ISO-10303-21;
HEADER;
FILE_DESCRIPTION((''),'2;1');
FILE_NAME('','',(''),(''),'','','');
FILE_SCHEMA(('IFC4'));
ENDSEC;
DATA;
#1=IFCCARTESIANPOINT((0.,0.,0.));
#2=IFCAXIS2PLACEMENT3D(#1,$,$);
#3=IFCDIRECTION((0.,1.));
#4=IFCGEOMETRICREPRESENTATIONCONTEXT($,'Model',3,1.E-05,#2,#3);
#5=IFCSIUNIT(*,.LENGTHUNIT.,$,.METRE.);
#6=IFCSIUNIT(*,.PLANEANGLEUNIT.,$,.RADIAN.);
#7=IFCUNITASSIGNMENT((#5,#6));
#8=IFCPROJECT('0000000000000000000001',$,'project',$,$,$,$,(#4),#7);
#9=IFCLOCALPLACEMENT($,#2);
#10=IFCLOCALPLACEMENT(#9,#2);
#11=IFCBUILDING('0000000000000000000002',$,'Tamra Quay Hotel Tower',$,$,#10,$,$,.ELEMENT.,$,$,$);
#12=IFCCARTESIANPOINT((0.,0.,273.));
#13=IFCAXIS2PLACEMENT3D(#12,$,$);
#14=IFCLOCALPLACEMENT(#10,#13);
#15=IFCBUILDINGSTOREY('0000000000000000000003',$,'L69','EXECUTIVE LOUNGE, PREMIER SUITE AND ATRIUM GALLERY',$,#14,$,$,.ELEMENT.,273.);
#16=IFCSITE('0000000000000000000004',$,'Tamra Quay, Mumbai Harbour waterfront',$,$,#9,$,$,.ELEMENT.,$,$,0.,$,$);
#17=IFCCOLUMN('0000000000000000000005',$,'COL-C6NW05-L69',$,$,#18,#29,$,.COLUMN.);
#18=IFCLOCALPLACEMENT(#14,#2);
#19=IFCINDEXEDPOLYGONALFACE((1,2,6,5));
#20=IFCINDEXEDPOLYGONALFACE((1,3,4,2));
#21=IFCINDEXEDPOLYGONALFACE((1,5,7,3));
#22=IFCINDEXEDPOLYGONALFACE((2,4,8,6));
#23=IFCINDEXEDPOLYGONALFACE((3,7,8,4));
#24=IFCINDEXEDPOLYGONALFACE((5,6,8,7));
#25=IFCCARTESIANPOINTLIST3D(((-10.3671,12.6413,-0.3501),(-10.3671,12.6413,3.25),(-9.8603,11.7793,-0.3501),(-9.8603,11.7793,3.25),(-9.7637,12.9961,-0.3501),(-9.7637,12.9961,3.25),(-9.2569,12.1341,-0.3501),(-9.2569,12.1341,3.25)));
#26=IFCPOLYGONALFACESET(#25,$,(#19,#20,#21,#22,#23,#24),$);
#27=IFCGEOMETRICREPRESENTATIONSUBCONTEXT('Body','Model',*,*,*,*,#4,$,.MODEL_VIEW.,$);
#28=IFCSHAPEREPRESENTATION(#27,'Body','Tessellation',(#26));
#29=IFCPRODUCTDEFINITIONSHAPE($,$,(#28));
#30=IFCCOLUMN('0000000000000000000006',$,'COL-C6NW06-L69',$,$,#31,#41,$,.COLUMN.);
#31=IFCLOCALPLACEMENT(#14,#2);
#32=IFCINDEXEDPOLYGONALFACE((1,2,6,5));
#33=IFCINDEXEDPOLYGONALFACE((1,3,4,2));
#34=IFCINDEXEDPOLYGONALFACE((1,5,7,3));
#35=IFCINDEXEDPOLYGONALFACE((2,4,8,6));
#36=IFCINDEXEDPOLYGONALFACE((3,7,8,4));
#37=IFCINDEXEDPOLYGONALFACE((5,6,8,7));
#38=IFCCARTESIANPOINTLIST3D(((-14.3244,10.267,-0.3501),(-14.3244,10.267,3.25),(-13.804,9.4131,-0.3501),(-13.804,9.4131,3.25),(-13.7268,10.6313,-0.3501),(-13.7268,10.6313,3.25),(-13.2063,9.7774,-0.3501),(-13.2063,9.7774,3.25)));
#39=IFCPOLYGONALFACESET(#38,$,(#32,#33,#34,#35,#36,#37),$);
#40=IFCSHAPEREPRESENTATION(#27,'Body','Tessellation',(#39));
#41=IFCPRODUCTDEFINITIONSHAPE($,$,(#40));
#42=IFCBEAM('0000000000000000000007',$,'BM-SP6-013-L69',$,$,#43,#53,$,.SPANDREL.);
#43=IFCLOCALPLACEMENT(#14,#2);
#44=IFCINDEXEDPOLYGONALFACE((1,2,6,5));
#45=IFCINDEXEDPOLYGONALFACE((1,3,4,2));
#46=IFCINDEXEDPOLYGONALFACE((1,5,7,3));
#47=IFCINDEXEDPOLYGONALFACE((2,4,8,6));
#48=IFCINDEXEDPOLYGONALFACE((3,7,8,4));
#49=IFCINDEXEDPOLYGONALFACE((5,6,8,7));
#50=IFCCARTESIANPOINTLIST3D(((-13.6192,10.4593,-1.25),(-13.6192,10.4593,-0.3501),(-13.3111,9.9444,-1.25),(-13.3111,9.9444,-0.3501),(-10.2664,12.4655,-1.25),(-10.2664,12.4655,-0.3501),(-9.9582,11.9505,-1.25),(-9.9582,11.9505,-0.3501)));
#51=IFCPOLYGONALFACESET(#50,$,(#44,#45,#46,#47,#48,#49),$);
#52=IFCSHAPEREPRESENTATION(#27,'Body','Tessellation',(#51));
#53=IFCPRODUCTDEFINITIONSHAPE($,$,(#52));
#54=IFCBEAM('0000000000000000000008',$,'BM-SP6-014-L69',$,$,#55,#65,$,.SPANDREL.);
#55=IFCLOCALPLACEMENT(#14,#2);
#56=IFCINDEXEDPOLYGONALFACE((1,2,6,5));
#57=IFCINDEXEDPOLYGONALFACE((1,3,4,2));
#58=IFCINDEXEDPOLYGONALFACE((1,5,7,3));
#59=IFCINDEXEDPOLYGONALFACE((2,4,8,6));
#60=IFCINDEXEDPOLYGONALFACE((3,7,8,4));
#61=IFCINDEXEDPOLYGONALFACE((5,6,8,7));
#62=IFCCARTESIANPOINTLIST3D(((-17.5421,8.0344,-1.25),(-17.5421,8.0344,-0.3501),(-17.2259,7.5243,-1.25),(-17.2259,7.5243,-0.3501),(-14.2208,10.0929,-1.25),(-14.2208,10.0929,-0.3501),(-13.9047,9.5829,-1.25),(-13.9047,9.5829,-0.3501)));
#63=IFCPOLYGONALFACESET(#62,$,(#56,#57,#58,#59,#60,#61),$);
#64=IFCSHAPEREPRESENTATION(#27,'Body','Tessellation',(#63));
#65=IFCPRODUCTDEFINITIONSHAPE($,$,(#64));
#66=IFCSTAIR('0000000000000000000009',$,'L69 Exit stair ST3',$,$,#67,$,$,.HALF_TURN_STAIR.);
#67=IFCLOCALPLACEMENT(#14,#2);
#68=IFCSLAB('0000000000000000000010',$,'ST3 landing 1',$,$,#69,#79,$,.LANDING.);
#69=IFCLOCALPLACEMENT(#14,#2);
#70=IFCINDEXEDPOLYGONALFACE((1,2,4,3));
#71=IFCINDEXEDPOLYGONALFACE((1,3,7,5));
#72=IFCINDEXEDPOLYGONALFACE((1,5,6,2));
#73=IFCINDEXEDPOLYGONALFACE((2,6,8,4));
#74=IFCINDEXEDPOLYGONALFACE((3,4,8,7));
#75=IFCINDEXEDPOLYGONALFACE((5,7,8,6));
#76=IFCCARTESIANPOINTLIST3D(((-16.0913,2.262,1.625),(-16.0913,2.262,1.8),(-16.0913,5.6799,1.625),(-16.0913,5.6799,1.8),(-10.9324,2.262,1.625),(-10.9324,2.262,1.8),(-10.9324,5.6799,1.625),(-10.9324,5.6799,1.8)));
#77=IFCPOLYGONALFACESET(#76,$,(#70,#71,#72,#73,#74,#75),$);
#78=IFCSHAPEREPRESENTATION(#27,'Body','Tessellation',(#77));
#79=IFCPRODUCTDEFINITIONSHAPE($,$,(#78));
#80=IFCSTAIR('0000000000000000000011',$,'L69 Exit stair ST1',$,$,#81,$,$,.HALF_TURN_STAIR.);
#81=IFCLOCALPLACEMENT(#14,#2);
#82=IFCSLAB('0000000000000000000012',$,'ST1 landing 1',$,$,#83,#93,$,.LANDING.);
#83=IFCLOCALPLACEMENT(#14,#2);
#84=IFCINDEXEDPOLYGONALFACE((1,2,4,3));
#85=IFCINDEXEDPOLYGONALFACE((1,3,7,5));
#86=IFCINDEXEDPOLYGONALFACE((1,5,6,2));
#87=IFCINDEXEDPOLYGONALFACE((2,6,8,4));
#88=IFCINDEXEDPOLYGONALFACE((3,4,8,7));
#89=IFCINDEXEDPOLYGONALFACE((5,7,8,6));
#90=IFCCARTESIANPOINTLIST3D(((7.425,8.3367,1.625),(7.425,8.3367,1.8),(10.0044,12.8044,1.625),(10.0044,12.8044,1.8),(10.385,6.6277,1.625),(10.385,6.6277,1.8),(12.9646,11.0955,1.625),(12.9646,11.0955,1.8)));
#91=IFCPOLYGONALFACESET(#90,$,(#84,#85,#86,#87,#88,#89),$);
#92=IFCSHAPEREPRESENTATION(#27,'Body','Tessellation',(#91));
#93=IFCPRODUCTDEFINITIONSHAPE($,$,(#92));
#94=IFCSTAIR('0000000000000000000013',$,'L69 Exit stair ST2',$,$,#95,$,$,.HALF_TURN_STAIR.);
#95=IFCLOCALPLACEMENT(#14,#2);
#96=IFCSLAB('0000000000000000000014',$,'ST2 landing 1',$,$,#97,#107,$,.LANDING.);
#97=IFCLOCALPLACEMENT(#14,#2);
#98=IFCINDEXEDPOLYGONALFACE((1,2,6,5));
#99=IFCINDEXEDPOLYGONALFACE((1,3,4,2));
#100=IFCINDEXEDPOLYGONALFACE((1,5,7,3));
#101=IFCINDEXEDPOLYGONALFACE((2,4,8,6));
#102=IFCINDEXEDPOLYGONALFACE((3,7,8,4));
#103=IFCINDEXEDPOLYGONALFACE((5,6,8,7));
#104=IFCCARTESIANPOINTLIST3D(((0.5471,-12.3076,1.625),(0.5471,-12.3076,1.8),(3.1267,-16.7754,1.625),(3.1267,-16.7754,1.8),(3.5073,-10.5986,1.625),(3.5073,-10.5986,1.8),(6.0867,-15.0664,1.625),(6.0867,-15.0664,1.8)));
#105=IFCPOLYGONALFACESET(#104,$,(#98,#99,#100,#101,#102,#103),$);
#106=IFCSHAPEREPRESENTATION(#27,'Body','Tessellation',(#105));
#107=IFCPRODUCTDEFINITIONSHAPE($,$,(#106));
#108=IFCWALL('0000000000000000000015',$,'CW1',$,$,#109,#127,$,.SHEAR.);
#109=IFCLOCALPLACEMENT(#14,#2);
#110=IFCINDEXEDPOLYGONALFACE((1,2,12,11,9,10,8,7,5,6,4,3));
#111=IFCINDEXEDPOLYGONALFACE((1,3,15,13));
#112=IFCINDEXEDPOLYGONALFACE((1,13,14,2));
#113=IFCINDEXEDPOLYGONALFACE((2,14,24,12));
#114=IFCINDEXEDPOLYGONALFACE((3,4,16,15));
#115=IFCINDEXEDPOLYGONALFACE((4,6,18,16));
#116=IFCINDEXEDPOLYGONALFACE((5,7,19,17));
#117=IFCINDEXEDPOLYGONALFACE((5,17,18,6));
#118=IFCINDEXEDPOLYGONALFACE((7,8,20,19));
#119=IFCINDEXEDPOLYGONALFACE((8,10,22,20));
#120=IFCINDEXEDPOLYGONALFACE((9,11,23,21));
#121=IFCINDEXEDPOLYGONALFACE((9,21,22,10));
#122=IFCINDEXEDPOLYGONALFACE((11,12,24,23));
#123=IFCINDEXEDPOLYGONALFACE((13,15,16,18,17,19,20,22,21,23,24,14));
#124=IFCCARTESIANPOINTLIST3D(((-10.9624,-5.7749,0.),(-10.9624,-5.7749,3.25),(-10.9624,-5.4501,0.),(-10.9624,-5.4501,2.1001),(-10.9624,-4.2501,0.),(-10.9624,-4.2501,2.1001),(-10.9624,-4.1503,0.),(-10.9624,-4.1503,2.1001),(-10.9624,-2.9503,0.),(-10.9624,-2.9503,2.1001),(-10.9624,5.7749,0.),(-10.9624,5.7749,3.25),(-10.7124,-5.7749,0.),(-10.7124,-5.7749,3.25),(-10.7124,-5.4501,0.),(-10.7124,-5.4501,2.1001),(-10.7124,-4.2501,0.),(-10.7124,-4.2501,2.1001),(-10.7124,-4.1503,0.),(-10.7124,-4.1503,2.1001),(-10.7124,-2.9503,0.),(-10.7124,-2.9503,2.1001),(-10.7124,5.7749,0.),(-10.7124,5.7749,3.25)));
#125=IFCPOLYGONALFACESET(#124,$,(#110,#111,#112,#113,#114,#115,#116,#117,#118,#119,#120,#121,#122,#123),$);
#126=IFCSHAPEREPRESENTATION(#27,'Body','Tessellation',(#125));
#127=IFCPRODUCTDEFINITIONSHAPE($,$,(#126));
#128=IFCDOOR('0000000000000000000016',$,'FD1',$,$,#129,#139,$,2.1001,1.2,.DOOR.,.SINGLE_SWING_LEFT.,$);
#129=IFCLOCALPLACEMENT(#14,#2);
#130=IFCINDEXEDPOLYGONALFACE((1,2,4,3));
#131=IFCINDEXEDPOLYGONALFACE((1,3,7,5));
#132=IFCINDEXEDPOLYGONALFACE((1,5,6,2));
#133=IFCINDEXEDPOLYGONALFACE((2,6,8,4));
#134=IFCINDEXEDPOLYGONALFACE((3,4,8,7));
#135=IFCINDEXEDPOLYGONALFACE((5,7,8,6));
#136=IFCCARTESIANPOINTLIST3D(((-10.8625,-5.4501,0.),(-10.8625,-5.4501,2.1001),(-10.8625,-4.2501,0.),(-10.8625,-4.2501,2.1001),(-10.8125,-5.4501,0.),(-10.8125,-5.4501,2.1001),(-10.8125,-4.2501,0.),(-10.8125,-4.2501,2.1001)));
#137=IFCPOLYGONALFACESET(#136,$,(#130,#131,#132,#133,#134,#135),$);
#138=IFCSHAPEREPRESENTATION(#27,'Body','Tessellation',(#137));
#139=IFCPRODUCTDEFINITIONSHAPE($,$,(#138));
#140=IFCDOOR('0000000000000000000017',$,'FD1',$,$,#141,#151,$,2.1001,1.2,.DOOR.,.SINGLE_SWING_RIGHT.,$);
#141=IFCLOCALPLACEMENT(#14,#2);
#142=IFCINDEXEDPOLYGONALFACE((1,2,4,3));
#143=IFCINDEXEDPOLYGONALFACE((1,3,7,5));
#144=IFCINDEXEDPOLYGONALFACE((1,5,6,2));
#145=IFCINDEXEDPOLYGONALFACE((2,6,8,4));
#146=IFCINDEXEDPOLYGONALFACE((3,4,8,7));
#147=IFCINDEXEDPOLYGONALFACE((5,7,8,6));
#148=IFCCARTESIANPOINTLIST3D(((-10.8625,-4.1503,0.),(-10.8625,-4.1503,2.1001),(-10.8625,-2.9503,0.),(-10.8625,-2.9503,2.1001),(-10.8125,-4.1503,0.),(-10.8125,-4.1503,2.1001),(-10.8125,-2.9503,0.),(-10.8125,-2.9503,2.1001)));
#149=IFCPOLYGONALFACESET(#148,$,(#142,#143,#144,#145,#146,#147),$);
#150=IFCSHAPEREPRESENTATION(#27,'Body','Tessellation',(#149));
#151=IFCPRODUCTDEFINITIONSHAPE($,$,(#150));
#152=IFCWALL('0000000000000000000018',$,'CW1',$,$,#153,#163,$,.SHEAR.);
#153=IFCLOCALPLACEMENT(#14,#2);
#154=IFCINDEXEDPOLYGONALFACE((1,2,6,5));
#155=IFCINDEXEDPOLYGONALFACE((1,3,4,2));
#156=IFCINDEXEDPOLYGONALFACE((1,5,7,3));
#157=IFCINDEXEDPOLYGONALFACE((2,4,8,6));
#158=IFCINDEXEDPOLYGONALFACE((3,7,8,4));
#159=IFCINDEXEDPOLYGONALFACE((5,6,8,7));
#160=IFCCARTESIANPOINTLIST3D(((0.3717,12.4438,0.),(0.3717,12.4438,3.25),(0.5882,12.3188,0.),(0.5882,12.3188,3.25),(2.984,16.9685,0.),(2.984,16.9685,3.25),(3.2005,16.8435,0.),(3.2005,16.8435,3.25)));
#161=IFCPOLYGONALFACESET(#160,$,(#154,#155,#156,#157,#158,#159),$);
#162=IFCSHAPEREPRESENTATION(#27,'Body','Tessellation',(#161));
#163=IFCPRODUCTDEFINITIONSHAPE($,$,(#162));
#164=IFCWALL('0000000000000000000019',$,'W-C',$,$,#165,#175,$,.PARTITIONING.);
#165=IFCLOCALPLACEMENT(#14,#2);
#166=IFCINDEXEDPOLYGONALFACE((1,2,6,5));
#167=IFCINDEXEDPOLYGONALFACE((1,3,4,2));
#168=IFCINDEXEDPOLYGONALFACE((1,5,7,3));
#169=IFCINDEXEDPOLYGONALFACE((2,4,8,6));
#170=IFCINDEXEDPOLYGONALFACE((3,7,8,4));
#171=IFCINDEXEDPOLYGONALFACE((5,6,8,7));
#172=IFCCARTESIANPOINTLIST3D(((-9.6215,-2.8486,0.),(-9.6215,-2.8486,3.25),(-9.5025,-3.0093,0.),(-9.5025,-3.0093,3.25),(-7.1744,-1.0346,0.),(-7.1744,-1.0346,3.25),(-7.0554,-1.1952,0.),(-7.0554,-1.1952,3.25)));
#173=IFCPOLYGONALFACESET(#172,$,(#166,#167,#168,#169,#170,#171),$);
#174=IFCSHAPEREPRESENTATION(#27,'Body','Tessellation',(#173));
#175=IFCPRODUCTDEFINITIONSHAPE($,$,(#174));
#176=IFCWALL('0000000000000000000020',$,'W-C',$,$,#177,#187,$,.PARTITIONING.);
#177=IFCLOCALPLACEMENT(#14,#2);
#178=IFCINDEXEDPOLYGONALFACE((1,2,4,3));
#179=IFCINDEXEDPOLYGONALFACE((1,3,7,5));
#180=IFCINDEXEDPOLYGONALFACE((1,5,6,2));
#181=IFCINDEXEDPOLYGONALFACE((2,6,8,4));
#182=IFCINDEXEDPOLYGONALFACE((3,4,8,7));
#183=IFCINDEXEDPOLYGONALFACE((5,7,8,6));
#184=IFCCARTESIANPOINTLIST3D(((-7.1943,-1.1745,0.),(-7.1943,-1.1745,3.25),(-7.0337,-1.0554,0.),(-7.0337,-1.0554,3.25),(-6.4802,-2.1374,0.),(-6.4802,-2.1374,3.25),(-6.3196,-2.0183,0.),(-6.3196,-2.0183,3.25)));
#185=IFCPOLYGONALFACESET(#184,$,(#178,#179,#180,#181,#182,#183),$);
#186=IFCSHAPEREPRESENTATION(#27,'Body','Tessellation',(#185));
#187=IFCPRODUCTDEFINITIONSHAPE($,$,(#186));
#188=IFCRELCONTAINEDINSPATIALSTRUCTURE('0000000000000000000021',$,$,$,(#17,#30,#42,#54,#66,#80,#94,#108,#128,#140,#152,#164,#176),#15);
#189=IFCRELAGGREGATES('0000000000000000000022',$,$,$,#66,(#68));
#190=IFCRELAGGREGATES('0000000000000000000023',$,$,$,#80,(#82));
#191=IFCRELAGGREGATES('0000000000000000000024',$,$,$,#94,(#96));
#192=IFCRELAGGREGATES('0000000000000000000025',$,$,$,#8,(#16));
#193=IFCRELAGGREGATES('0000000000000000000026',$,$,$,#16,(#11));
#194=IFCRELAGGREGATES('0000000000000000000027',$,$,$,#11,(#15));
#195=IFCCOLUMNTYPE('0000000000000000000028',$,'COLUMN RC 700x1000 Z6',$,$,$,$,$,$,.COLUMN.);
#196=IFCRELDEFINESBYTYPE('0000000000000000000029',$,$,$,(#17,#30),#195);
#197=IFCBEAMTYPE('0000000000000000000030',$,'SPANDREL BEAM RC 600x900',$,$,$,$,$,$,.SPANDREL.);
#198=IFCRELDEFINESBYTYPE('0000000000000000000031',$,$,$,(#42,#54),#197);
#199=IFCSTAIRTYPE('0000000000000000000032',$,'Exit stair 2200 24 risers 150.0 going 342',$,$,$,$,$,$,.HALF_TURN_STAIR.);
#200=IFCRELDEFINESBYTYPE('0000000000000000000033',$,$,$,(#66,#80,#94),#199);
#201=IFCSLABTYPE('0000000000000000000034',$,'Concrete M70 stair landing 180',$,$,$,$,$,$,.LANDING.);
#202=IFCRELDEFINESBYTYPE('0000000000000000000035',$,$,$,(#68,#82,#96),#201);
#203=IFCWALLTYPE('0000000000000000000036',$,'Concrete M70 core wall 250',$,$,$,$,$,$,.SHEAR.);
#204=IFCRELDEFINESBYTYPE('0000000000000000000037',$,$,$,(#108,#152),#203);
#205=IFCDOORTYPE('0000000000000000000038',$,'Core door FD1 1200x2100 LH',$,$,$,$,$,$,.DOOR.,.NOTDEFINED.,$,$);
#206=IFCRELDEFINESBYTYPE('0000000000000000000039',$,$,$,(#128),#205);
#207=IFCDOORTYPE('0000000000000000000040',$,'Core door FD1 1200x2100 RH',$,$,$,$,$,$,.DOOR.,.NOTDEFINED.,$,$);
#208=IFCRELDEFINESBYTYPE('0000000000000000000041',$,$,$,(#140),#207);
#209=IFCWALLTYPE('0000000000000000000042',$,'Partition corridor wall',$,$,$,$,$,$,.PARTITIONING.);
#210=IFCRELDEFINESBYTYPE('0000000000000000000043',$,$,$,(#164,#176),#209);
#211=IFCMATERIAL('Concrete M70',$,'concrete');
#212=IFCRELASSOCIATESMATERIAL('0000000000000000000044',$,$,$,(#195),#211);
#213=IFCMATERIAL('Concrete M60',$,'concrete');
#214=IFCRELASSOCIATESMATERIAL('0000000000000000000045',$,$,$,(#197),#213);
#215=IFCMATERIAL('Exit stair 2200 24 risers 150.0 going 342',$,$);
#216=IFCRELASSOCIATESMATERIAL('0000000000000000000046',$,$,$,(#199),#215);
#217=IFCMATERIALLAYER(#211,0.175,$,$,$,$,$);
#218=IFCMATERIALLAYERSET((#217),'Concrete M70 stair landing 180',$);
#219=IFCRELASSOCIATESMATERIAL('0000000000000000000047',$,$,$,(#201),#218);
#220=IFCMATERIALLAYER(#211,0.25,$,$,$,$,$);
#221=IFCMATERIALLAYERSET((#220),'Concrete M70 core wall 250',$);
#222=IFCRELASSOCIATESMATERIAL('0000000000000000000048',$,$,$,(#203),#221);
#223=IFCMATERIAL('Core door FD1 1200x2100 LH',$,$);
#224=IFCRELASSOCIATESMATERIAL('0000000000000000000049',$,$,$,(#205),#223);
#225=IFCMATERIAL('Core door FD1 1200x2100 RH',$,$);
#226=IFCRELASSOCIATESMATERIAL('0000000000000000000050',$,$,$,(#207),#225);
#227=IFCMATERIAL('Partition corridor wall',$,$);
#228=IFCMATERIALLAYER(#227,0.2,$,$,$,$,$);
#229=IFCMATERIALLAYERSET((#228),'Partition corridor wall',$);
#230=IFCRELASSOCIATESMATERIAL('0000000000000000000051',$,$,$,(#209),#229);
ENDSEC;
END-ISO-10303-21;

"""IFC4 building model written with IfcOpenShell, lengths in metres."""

from ifc_helpers import new_model, si_unit, direction, frame, frame_2d, origin, origin_2d, place, context, subcontext, project, spatial, polyline, rectangle, outline, extrude, material, layer, layer_set, material_profile, profile_set, type_object, element, fill, aggregate, save


model = new_model("IFC4")

# Units and contexts
model_context = context("Model", 3, precision=1e-05, world=origin(), true_north=direction((0.0, 1.0)))
body_context = subcontext(model_context, "Body", "Model", "MODEL_VIEW")
ifc_project = project(units=[si_unit("LENGTHUNIT", "METRE"), si_unit("PLANEANGLEUNIT", "RADIAN")], contexts=[model_context])

# Site, building, storey
site_placement = place(None, origin())
site = spatial("IfcSite", under=ifc_project, at=site_placement, Name="Tamra Quay, Mumbai Harbour waterfront", CompositionType="ELEMENT", RefElevation=0.0)
building_placement = place(site_placement, origin())
building = spatial("IfcBuilding", under=site, at=building_placement, Name="Tamra Quay Hotel Tower", CompositionType="ELEMENT")
storey_placement = place(building_placement, frame((0.0, 0.0, 273.0)))
storey = spatial("IfcBuildingStorey", under=building, at=storey_placement, Name="L69", Description="EXECUTIVE LOUNGE, PREMIER SUITE AND ATRIUM GALLERY", CompositionType="ELEMENT", Elevation=273.0)

# Columns
ifc_material_1 = material(Name="Concrete M70", Category="concrete")
ifc_material_profile_1 = material_profile(ifc_material_1, rectangle(XDim=1.0, YDim=0.7, at=origin_2d()), Name="COLUMN RC 700x1000 Z6")
ifc_profile_set_1 = profile_set([ifc_material_profile_1], Name="Concrete M70")
column_type = type_object("IfcColumnType", Name="COLUMN RC 700x1000 Z6", PredefinedType="COLUMN", material=ifc_profile_set_1)
for number, where, z_axis, x_axis, name in (
    (1, (-9.812, 12.3877, -0.3501), (0.0, 0.0, 1.0), (-0.506843, 0.862038, 0.0), "COL-C6NW05-L69"),
    (2, (-13.7654, 10.0222, -0.3501), (0.0, 0.0, 1.0), (-0.52043, 0.853904, 0.0), "COL-C6NW06-L69"),
):
    element("IfcColumn", number, at=place(storey_placement, frame(where, z_axis=z_axis, x_axis=x_axis)), inside=storey, type_object=column_type, Name=name, PredefinedType="COLUMN", context=body_context, shape_type="SweptSolid", body=[
        extrude(rectangle(XDim=1.0, YDim=0.7, at=origin_2d()), origin(), (0.0, 0.0, 1.0), 3.6001),
    ])

# Beams
ifc_material_2 = material(Name="Concrete M60", Category="concrete")
ifc_material_profile_2 = material_profile(ifc_material_2, rectangle(XDim=0.6001, YDim=0.8999, at=origin_2d()), Name="SPANDREL BEAM RC 600x900")
ifc_profile_set_2 = profile_set([ifc_material_profile_2], Name="Concrete M60")
beam_type = type_object("IfcBeamType", Name="SPANDREL BEAM RC 600x900", PredefinedType="SPANDREL", material=ifc_profile_set_2)
beam_1_placement = place(storey_placement, frame((-10.1123, 12.208, -0.8), z_axis=(-0.858121, -0.513448, 0.0), x_axis=(0.513448, -0.858121, 0.0)))
element("IfcBeam", 3, at=beam_1_placement, inside=storey, type_object=beam_type, Name="BM-SP6-013-L69", PredefinedType="SPANDREL", context=body_context, shape_type="SweptSolid", body=[
    extrude(rectangle(XDim=0.6001, YDim=0.8999, at=origin_2d()), origin(), (0.0, 0.0, 1.0), 3.9072),
])
beam_2_placement = place(storey_placement, frame((-14.0627, 9.8379, -0.8), z_axis=(-0.849972, -0.526828, 0.0), x_axis=(0.526828, -0.849972, 0.0)))
element("IfcBeam", 4, at=beam_2_placement, inside=storey, type_object=beam_type, Name="BM-SP6-014-L69", PredefinedType="SPANDREL", context=body_context, shape_type="SweptSolid", body=[
    extrude(rectangle(XDim=0.6001, YDim=0.8999, at=origin_2d()), origin(), (0.0, 0.0, 1.0), 3.9075),
])

# Stairs, slabs
ifc_material_3 = material(Name="Exit stair 2200 24 risers 150.0 going 342")
stair_type = type_object("IfcStairType", Name="Exit stair 2200 24 risers 150.0 going 342", PredefinedType="HALF_TURN_STAIR", material=ifc_material_3)
stair_1_placement = place(storey_placement, origin())
stair_1 = element("IfcStair", 5, at=stair_1_placement, inside=storey, type_object=stair_type, Name="L69 Exit stair ST3", PredefinedType="HALF_TURN_STAIR")
ifc_layer_1 = layer(ifc_material_1, 0.175)
ifc_layer_set_1 = layer_set([ifc_layer_1], Name="Concrete M70 stair landing 180")
slab_type_1 = type_object("IfcSlabType", Name="Concrete M70 stair landing 180", PredefinedType="LANDING", material=ifc_layer_set_1)
slab_1_placement = place(storey_placement, frame((0.0, 0.0, 1.625)))
slab_1 = element("IfcSlab", 6, at=slab_1_placement, type_object=slab_type_1, Name="ST3 landing 1", PredefinedType="LANDING", context=body_context, shape_type="SweptSolid", body=[
    extrude(outline(polyline([(-10.9324, 2.262), (-10.9324, 5.6799), (-16.0913, 5.6799), (-16.0913, 2.262), (-10.9324, 2.262)])), origin(), (0.0, 0.0, 1.0), 0.175),
])
aggregate(stair_1, [slab_1])
stair_2_placement = place(storey_placement, origin())
stair_2 = element("IfcStair", 7, at=stair_2_placement, inside=storey, type_object=stair_type, Name="L69 Exit stair ST1", PredefinedType="HALF_TURN_STAIR")
slab_2_placement = place(storey_placement, frame((0.0, 0.0, 1.625)))
slab_2 = element("IfcSlab", 8, at=slab_2_placement, type_object=slab_type_1, Name="ST1 landing 1", PredefinedType="LANDING", context=body_context, shape_type="SweptSolid", body=[
    extrude(outline(polyline([(7.425, 8.3367), (10.385, 6.6277), (12.9646, 11.0955), (10.0044, 12.8044), (7.425, 8.3367)])), origin(), (0.0, 0.0, 1.0), 0.175),
])
aggregate(stair_2, [slab_2])
stair_3_placement = place(storey_placement, origin())
stair_3 = element("IfcStair", 9, at=stair_3_placement, inside=storey, type_object=stair_type, Name="L69 Exit stair ST2", PredefinedType="HALF_TURN_STAIR")
slab_3_placement = place(storey_placement, frame((0.0, 0.0, 1.625)))
slab_3 = element("IfcSlab", 10, at=slab_3_placement, type_object=slab_type_1, Name="ST2 landing 1", PredefinedType="LANDING", context=body_context, shape_type="SweptSolid", body=[
    extrude(outline(polyline([(3.5073, -10.5986), (0.5471, -12.3076), (3.1267, -16.7754), (6.0867, -15.0664), (3.5073, -10.5986)])), origin(), (0.0, 0.0, 1.0), 0.175),
])
aggregate(stair_3, [slab_3])

# Wall, openings, doors
ifc_layer_2 = layer(ifc_material_1, 0.25)
ifc_layer_set_2 = layer_set([ifc_layer_2], Name="Concrete M70 core wall 250")
wall_type_1 = type_object("IfcWallType", Name="Concrete M70 core wall 250", PredefinedType="SHEAR", material=ifc_layer_set_2)
wall_1_placement = place(storey_placement, frame((-10.8374, 5.7749, 0.0), z_axis=(0.0, 0.0, 1.0), x_axis=(0.0, -1.0, 0.0)))
wall_1 = element("IfcWall", 11, at=wall_1_placement, inside=storey, type_object=wall_type_1, Name="CW1", PredefinedType="SHEAR", context=body_context, shape_type="SweptSolid", body=[
    extrude(rectangle(XDim=11.5498, YDim=0.25, at=frame_2d((5.7749, 0.0))), origin(), (0.0, 0.0, 1.0), 3.25),
])
opening_1_placement = place(wall_1_placement, frame((10.0249, 0.0, 0.0)))
opening_1 = element("IfcOpeningElement", 12, at=opening_1_placement, cuts=wall_1, PredefinedType="OPENING", context=body_context, shape_type="SweptSolid", body=[
    extrude(rectangle(XDim=1.2, YDim=2.1001, at=frame_2d((0.6001, 1.05))), frame((0.0, 0.135, 0.0), z_axis=(0.0, -1.0, 0.0), x_axis=(1.0, 0.0, 0.0)), (0.0, 0.0, 1.0), 0.27),
])
opening_2_placement = place(wall_1_placement, frame((8.7251, 0.0, 0.0)))
opening_2 = element("IfcOpeningElement", 13, at=opening_2_placement, cuts=wall_1, PredefinedType="OPENING", context=body_context, shape_type="SweptSolid", body=[
    extrude(rectangle(XDim=1.2, YDim=2.1001, at=frame_2d((0.6001, 1.05))), frame((0.0, 0.135, 0.0), z_axis=(0.0, -1.0, 0.0), x_axis=(1.0, 0.0, 0.0)), (0.0, 0.0, 1.0), 0.27),
])
ifc_material_4 = material(Name="Core door FD1 1200x2100 LH")
door_type_1 = type_object("IfcDoorType", Name="Core door FD1 1200x2100 LH", OperationType="NOTDEFINED", PredefinedType="DOOR", material=ifc_material_4)
door_1_placement = place(opening_1_placement, origin())
door_1 = element("IfcDoor", 14, at=door_1_placement, inside=storey, type_object=door_type_1, Name="FD1", OperationType="SINGLE_SWING_LEFT", OverallHeight=2.1001, OverallWidth=1.2, PredefinedType="DOOR", context=body_context, shape_type="SweptSolid", body=[
    extrude(rectangle(XDim=1.2, YDim=2.1001, at=frame_2d((0.6001, 1.05))), frame((0.0, 0.0249, 0.0), z_axis=(0.0, -1.0, 0.0), x_axis=(1.0, 0.0, 0.0)), (0.0, 0.0, 1.0), 0.05),
])
fill(opening_1, door_1)
ifc_material_5 = material(Name="Core door FD1 1200x2100 RH")
door_type_2 = type_object("IfcDoorType", Name="Core door FD1 1200x2100 RH", OperationType="NOTDEFINED", PredefinedType="DOOR", material=ifc_material_5)
door_2_placement = place(opening_2_placement, origin())
door_2 = element("IfcDoor", 15, at=door_2_placement, inside=storey, type_object=door_type_2, Name="FD1", OperationType="SINGLE_SWING_RIGHT", OverallHeight=2.1001, OverallWidth=1.2, PredefinedType="DOOR", context=body_context, shape_type="SweptSolid", body=[
    extrude(rectangle(XDim=1.2, YDim=2.1001, at=frame_2d((0.6001, 1.05))), frame((0.0, 0.0249, 0.0), z_axis=(0.0, -1.0, 0.0), x_axis=(1.0, 0.0, 0.0)), (0.0, 0.0, 1.0), 0.05),
])
fill(opening_2, door_2)

# Walls
wall_2_placement = place(storey_placement, frame((0.48, 12.3813, 0.0), z_axis=(0.0, 0.0, 1.0), x_axis=(0.499999, 0.866026, 0.0)))
element("IfcWall", 16, at=wall_2_placement, inside=storey, type_object=wall_type_1, Name="CW1", PredefinedType="SHEAR", context=body_context, shape_type="SweptSolid", body=[
    extrude(rectangle(XDim=5.2246, YDim=0.25, at=frame_2d((2.6123, 0.0))), origin(), (0.0, 0.0, 1.0), 3.25),
])
ifc_material_6 = material(Name="Partition corridor wall")
ifc_layer_3 = layer(ifc_material_6, 0.2)
ifc_layer_set_3 = layer_set([ifc_layer_3], Name="Partition corridor wall")
wall_type_2 = type_object("IfcWallType", Name="Partition corridor wall", PredefinedType="PARTITIONING", material=ifc_layer_set_3)
wall_3_placement = place(storey_placement, frame((-7.115, -1.115, 0.0), z_axis=(0.0, 0.0, 1.0), x_axis=(-0.803344, -0.595515, 0.0)))
element("IfcWall", 17, at=wall_3_placement, inside=storey, type_object=wall_type_2, Name="W-C", PredefinedType="PARTITIONING", context=body_context, shape_type="SweptSolid", body=[
    extrude(rectangle(XDim=3.0461, YDim=0.2, at=frame_2d((1.5229, 0.0))), origin(), (0.0, 0.0, 1.0), 3.25),
])
wall_4_placement = place(storey_placement, frame((-7.114, -1.115, 0.0), z_axis=(0.0, 0.0, 1.0), x_axis=(0.59569, -0.803214, 0.0)))
element("IfcWall", 18, at=wall_4_placement, inside=storey, type_object=wall_type_2, Name="W-C", PredefinedType="PARTITIONING", context=body_context, shape_type="SweptSolid", body=[
    extrude(rectangle(XDim=1.1987, YDim=0.2, at=frame_2d((0.5994, 0.0))), origin(), (0.0, 0.0, 1.0), 3.25),
])

save(model, "model.ifc")
